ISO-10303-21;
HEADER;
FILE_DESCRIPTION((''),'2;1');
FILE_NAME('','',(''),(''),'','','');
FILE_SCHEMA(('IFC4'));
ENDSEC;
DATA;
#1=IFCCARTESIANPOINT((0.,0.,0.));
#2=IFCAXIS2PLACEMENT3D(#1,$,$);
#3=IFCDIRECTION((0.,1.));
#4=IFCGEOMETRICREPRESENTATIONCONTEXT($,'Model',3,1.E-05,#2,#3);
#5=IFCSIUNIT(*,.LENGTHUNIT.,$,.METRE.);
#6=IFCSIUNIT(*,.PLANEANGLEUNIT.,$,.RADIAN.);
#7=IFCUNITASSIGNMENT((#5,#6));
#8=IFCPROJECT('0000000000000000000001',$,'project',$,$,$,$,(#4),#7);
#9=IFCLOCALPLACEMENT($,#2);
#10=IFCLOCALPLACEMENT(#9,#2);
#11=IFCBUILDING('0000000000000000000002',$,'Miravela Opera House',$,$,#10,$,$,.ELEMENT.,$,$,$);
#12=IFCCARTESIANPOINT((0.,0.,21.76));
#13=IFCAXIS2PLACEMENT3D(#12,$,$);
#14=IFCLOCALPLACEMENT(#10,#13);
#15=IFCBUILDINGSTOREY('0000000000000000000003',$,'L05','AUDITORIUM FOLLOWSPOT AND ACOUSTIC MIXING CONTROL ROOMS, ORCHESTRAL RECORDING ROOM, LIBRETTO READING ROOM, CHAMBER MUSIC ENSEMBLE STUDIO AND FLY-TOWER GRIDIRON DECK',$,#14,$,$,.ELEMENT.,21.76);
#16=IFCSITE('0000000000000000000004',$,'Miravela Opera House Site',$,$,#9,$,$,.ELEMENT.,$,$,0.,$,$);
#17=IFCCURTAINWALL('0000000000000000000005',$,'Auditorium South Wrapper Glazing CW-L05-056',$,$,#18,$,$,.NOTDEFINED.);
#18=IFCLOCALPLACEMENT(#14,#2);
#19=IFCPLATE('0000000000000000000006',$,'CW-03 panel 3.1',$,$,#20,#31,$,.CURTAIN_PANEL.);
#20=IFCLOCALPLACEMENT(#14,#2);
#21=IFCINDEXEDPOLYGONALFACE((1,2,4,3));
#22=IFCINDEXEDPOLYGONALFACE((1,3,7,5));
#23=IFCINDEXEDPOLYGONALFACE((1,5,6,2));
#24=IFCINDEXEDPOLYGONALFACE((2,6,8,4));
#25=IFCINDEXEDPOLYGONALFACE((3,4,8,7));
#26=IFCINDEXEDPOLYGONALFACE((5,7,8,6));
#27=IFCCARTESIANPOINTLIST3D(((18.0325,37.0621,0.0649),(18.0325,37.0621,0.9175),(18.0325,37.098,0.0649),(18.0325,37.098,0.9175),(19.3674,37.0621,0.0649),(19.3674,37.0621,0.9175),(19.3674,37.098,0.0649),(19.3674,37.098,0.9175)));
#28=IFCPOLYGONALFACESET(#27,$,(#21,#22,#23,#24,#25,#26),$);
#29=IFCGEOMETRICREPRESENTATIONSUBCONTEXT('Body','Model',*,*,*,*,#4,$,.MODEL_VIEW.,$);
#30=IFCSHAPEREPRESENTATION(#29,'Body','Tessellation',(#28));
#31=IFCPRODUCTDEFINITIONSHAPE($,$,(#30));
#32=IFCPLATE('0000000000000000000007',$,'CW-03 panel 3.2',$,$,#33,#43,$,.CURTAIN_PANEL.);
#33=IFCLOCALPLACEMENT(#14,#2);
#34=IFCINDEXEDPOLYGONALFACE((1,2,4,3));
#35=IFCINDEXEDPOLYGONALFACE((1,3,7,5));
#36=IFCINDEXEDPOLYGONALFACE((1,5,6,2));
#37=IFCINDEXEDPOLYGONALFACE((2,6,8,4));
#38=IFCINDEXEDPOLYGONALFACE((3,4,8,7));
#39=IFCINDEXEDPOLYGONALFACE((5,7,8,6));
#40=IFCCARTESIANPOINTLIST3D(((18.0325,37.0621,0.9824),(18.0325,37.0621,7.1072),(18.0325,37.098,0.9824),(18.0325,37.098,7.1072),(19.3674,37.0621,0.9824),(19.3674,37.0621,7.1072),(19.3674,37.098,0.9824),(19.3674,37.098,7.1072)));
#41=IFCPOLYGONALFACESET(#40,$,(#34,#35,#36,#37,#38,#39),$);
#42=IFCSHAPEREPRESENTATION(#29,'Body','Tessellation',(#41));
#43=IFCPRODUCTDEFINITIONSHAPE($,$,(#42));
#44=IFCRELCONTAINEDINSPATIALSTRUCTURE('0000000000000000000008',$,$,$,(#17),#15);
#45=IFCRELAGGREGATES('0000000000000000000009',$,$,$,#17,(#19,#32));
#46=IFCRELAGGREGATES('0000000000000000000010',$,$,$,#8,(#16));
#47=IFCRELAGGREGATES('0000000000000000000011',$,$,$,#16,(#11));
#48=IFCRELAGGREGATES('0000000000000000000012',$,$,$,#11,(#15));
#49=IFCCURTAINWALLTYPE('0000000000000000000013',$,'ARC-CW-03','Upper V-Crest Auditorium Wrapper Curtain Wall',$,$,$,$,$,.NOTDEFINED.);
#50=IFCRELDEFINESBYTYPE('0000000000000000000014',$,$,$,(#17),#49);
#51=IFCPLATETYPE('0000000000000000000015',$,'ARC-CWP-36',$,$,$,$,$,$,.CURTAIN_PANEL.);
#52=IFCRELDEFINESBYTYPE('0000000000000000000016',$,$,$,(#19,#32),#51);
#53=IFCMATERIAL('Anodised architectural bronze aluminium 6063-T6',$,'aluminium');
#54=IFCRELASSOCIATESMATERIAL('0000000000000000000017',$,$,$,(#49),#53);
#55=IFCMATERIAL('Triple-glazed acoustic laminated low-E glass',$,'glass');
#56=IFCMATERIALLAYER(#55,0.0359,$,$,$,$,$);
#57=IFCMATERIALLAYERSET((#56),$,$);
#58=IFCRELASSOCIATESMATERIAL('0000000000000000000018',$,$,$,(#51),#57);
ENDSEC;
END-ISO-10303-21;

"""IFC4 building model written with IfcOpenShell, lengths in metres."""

from ifc_helpers import new_model, si_unit, direction, frame, origin, origin_2d, place, context, subcontext, project, spatial, rectangle, extrude, material, layer, layer_set, type_object, element, aggregate, save


model = new_model("IFC4")

# Units and contexts
model_context = context("Model", 3, precision=1e-05, world=origin(), true_north=direction((0.0, 1.0)))
body_context = subcontext(model_context, "Body", "Model", "MODEL_VIEW")
ifc_project = project(units=[si_unit("LENGTHUNIT", "METRE"), si_unit("PLANEANGLEUNIT", "RADIAN")], contexts=[model_context])

# Site, building, storey
site_placement = place(None, origin())
site = spatial("IfcSite", under=ifc_project, at=site_placement, Name="Miravela Opera House Site", CompositionType="ELEMENT", RefElevation=0.0)
building_placement = place(site_placement, origin())
building = spatial("IfcBuilding", under=site, at=building_placement, Name="Miravela Opera House", CompositionType="ELEMENT")
storey_placement = place(building_placement, frame((0.0, 0.0, 21.76)))
storey = spatial("IfcBuildingStorey", under=building, at=storey_placement, Name="L05", Description="AUDITORIUM FOLLOWSPOT AND ACOUSTIC MIXING CONTROL ROOMS, ORCHESTRAL RECORDING ROOM, LIBRETTO READING ROOM, CHAMBER MUSIC ENSEMBLE STUDIO AND FLY-TOWER GRIDIRON DECK", CompositionType="ELEMENT", Elevation=21.76)

# Curtain wall
ifc_material_1 = material(Name="Anodised architectural bronze aluminium 6063-T6", Category="aluminium")
curtain_wall_type = type_object("IfcCurtainWallType", Name="ARC-CW-03", Description="Upper V-Crest Auditorium Wrapper Curtain Wall", PredefinedType="NOTDEFINED", material=ifc_material_1)
curtain_wall_placement = place(storey_placement, origin())
curtain_wall = element("IfcCurtainWall", 1, at=curtain_wall_placement, inside=storey, type_object=curtain_wall_type, Name="Auditorium South Wrapper Glazing CW-L05-056", PredefinedType="NOTDEFINED")

# Plates
ifc_material_2 = material(Name="Triple-glazed acoustic laminated low-E glass", Category="glass")
ifc_layer = layer(ifc_material_2, 0.0359)
ifc_layer_set = layer_set([ifc_layer])
plate_type = type_object("IfcPlateType", Name="ARC-CWP-36", PredefinedType="CURTAIN_PANEL", material=ifc_layer_set)
plate_1_placement = place(storey_placement, frame((18.7, 37.0801, 0.0649), z_axis=(0.0, 0.0, 1.0), x_axis=(1.0, 0.0, 0.0)))
plate_1 = element("IfcPlate", 2, at=plate_1_placement, type_object=plate_type, Name="CW-03 panel 3.1", PredefinedType="CURTAIN_PANEL", context=body_context, shape_type="SweptSolid", body=[
    extrude(rectangle(XDim=1.335, YDim=0.0359, at=origin_2d()), origin(), (0.0, 0.0, 1.0), 0.8525),
])
plate_2_placement = place(storey_placement, frame((18.7, 37.0801, 0.9824), z_axis=(0.0, 0.0, 1.0), x_axis=(1.0, 0.0, 0.0)))
plate_2 = element("IfcPlate", 3, at=plate_2_placement, type_object=plate_type, Name="CW-03 panel 3.2", PredefinedType="CURTAIN_PANEL", context=body_context, shape_type="SweptSolid", body=[
    extrude(rectangle(XDim=1.335, YDim=0.0359, at=origin_2d()), origin(), (0.0, 0.0, 1.0), 6.1248),
])
aggregate(curtain_wall, [plate_1, plate_2])

save(model, "model.ifc")
